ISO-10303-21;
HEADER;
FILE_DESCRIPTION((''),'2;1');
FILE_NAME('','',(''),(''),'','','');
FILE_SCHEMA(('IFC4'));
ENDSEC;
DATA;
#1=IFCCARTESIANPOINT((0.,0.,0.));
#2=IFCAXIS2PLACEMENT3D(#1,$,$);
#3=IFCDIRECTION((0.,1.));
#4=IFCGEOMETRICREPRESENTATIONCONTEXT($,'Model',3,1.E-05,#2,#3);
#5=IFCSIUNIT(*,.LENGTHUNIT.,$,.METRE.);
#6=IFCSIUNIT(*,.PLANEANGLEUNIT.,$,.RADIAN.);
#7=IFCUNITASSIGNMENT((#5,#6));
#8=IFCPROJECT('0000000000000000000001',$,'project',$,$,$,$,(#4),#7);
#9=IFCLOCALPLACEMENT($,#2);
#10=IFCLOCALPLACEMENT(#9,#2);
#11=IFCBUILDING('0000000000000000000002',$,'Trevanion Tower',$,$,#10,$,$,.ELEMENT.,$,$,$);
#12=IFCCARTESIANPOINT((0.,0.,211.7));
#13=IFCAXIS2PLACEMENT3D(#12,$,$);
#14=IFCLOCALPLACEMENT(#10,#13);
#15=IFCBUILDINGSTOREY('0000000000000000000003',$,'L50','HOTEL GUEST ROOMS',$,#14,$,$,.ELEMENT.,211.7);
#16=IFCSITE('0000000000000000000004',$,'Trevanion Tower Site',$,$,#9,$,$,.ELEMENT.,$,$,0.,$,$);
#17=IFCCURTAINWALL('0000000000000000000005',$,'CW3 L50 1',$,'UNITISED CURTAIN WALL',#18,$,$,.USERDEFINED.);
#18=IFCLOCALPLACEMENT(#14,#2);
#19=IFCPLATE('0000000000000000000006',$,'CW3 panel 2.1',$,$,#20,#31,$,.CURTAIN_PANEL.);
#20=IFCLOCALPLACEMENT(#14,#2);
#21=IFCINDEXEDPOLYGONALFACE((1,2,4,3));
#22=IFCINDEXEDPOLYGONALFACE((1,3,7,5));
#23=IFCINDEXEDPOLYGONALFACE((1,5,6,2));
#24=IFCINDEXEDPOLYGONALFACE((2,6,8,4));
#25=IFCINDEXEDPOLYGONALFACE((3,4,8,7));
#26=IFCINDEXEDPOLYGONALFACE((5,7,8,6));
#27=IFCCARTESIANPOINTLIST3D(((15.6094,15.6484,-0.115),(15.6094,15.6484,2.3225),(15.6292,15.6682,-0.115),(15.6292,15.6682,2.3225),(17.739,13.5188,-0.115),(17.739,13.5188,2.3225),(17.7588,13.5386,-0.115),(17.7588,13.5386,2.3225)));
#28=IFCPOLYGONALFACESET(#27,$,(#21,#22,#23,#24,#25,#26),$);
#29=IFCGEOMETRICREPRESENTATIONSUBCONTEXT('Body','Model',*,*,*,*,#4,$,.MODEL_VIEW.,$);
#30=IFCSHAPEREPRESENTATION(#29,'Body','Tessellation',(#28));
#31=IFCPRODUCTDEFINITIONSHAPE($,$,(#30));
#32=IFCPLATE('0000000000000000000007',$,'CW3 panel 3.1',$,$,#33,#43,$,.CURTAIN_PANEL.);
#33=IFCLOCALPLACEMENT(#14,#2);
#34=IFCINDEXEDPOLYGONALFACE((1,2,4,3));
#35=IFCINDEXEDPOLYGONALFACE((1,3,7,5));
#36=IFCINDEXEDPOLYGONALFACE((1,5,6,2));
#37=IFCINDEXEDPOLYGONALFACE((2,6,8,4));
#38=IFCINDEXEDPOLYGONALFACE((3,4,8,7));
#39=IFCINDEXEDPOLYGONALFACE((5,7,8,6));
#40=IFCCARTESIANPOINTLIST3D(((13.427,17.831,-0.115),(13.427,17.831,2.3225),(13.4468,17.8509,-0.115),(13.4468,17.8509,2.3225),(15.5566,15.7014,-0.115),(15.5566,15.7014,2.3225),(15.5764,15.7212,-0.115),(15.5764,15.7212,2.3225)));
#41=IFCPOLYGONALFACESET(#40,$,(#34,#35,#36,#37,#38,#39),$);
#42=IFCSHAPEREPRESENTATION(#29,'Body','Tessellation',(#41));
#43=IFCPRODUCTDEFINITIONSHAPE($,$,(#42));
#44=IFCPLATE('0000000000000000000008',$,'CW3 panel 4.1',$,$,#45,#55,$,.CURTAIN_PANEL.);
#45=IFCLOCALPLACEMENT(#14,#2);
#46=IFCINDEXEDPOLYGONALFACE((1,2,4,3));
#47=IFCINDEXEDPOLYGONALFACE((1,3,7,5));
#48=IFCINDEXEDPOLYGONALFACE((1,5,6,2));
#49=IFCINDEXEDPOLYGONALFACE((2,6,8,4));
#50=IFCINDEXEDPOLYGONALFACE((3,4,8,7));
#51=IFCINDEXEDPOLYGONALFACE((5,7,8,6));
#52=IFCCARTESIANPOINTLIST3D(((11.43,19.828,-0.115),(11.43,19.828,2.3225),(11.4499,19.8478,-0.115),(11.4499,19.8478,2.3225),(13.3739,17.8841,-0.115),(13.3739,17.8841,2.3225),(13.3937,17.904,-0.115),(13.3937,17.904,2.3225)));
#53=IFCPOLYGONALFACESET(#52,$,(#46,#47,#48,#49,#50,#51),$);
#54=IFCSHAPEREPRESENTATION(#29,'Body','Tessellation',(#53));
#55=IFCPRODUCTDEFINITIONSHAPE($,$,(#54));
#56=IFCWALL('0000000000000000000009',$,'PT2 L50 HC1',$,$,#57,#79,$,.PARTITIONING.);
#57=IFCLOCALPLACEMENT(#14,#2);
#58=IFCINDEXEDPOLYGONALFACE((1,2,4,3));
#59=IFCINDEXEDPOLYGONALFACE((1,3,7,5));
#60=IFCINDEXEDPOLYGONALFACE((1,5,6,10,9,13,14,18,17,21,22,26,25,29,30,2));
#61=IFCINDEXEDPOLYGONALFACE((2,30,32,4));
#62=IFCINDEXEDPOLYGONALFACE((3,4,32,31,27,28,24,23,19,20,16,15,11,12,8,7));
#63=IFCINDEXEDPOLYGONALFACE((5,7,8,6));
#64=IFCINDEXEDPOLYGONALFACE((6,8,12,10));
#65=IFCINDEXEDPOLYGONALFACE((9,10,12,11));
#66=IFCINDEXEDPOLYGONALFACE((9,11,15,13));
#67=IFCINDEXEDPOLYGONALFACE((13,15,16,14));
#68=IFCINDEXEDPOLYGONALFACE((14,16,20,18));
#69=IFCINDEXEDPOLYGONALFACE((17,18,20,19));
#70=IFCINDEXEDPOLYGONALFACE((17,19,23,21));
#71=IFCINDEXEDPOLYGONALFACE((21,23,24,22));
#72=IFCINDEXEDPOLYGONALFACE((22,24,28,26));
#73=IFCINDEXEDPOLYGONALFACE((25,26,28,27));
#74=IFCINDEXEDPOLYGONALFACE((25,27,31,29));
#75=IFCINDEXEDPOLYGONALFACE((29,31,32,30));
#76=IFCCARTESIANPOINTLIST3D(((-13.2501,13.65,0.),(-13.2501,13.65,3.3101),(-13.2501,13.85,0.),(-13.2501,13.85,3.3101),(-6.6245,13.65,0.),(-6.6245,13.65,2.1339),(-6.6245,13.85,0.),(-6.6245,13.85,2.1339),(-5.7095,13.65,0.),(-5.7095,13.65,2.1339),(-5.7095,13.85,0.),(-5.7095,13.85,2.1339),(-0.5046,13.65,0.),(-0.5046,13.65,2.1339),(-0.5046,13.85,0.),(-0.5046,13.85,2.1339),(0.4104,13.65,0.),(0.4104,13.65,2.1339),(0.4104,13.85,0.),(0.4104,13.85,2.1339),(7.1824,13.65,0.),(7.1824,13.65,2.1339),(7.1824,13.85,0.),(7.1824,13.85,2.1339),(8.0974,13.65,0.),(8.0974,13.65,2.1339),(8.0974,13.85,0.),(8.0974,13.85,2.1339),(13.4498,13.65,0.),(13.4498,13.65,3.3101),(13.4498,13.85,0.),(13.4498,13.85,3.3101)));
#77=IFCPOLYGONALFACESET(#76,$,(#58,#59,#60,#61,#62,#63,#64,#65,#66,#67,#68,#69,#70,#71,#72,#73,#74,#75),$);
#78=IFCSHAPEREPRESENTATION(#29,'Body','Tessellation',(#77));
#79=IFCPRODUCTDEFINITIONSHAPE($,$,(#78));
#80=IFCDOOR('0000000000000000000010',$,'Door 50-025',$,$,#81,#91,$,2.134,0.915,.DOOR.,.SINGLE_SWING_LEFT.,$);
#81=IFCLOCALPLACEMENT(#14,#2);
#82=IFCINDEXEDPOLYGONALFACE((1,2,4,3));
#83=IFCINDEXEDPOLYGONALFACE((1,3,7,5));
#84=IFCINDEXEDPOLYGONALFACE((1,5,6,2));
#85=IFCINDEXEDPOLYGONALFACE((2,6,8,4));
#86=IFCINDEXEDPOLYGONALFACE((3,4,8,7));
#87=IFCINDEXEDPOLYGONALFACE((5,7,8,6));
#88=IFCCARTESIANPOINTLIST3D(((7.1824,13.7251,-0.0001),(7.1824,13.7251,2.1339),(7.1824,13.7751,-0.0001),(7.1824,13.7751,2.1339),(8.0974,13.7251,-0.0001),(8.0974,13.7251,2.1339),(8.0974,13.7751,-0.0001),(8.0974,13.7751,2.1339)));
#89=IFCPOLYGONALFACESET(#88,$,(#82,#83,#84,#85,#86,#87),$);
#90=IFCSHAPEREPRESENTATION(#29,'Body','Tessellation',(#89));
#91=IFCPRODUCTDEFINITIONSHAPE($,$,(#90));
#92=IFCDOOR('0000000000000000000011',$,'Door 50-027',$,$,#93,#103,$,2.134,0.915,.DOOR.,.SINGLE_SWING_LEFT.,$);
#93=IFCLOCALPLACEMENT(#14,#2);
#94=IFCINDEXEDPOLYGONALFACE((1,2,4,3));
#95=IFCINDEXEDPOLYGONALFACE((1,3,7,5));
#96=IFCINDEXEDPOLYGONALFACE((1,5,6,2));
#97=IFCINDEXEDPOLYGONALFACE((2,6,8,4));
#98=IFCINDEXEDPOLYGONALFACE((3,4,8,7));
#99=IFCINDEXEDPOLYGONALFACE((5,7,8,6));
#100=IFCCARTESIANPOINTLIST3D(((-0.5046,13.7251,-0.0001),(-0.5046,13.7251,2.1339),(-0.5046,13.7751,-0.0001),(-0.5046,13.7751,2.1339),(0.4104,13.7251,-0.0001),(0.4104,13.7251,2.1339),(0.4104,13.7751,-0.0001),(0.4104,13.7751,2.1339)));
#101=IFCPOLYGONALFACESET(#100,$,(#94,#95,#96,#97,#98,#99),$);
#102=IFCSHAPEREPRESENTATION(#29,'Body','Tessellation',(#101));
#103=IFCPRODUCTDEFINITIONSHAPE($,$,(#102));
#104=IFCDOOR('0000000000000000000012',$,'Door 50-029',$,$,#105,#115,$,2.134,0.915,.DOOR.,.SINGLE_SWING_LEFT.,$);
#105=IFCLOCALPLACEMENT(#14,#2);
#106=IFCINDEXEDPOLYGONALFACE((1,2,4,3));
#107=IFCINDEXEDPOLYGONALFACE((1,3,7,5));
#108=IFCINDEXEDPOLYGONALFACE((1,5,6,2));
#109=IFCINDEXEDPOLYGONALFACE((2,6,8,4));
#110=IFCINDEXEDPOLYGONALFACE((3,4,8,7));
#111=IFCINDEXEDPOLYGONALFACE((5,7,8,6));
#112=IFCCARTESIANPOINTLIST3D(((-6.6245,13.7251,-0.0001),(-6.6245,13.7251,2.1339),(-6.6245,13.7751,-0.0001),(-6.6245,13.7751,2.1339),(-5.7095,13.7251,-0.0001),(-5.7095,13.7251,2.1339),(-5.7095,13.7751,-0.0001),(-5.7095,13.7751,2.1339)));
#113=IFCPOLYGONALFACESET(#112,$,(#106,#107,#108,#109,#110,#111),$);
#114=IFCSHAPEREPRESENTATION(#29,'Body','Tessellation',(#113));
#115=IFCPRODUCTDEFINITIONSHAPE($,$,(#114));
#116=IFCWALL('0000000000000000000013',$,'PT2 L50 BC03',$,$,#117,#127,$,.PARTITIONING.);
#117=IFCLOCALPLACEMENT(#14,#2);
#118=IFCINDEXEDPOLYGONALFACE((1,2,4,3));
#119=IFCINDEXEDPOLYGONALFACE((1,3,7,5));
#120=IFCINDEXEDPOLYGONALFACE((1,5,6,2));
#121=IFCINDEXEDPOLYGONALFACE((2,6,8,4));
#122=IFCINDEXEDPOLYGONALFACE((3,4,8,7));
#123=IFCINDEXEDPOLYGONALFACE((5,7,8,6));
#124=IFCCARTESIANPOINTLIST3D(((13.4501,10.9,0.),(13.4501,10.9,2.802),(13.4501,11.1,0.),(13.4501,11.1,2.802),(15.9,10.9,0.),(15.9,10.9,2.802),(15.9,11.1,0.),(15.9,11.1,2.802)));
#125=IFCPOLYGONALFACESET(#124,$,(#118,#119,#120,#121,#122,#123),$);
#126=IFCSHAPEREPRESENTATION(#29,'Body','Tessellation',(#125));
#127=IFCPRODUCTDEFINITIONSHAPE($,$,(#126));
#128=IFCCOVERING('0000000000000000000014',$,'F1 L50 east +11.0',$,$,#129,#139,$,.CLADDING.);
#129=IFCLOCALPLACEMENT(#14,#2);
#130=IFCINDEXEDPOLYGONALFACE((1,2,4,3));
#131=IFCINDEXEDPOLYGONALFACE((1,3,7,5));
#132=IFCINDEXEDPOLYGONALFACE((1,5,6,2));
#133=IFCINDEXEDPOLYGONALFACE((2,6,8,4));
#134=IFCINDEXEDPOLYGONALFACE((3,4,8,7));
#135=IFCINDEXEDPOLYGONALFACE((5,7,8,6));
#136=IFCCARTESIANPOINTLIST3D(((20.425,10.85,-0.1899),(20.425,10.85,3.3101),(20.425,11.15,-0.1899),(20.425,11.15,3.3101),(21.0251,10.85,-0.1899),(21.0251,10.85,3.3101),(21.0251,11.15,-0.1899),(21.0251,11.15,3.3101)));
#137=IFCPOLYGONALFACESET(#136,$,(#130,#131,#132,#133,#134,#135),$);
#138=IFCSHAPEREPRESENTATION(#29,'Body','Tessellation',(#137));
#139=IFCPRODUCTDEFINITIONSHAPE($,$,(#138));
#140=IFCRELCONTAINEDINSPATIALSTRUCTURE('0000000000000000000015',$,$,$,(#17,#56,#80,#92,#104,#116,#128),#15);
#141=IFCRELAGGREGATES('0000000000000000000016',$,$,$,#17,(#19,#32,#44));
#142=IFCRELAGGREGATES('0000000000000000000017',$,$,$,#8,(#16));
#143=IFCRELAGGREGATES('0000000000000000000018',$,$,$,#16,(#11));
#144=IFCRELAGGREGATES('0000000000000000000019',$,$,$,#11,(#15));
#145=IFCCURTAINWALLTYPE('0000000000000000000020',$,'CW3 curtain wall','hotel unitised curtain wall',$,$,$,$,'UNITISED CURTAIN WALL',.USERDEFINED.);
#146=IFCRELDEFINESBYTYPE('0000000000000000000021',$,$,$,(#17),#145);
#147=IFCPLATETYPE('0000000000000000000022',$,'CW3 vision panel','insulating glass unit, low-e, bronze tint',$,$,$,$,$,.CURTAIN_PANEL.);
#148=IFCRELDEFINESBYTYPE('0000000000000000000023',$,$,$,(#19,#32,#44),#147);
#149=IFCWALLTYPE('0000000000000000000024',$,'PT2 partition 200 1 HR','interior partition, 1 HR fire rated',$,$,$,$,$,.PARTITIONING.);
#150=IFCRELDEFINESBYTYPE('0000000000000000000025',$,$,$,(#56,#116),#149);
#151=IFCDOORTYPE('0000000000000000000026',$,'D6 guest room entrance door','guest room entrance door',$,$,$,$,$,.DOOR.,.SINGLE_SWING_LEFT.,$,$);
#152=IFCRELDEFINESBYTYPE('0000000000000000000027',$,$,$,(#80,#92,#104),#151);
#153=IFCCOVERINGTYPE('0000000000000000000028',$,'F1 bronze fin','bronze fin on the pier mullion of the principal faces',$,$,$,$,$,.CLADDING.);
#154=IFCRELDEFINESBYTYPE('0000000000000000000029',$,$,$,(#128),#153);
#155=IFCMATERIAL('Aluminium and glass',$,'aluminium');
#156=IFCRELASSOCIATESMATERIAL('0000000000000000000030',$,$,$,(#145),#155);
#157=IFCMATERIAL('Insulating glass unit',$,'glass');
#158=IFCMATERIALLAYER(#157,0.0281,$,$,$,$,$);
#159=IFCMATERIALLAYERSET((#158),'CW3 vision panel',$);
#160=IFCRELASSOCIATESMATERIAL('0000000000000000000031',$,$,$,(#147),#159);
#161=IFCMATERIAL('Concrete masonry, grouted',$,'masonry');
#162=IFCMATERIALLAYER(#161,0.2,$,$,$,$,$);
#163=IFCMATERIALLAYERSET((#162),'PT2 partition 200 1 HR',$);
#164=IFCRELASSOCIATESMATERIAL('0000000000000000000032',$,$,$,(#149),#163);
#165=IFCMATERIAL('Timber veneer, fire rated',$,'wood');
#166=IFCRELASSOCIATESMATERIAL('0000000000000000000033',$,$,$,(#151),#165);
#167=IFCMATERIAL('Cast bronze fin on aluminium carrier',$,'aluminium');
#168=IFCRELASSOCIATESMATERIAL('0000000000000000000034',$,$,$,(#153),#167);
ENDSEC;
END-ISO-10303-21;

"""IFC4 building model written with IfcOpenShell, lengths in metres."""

from ifc_helpers import new_model, si_unit, direction, frame, frame_2d, origin, origin_2d, place, context, subcontext, project, spatial, rectangle, extrude, material, layer, layer_set, type_object, element, fill, aggregate, save


model = new_model("IFC4")

# Units and contexts
model_context = context("Model", 3, precision=1e-05, world=origin(), true_north=direction((0.0, 1.0)))
body_context = subcontext(model_context, "Body", "Model", "MODEL_VIEW")
ifc_project = project(units=[si_unit("LENGTHUNIT", "METRE"), si_unit("PLANEANGLEUNIT", "RADIAN")], contexts=[model_context])

# Site, building, storey
site_placement = place(None, origin())
site = spatial("IfcSite", under=ifc_project, at=site_placement, Name="Trevanion Tower Site", CompositionType="ELEMENT", RefElevation=0.0)
building_placement = place(site_placement, origin())
building = spatial("IfcBuilding", under=site, at=building_placement, Name="Trevanion Tower", CompositionType="ELEMENT")
storey_placement = place(building_placement, frame((0.0, 0.0, 211.7)))
storey = spatial("IfcBuildingStorey", under=building, at=storey_placement, Name="L50", Description="HOTEL GUEST ROOMS", CompositionType="ELEMENT", Elevation=211.7)

# Curtain wall
ifc_material_1 = material(Name="Aluminium and glass", Category="aluminium")
curtain_wall_type = type_object("IfcCurtainWallType", Name="CW3 curtain wall", Description="hotel unitised curtain wall", ElementType="UNITISED CURTAIN WALL", PredefinedType="USERDEFINED", material=ifc_material_1)
curtain_wall_1_placement = place(storey_placement, origin())
curtain_wall_1 = element("IfcCurtainWall", 1, at=curtain_wall_1_placement, inside=storey, type_object=curtain_wall_type, Name="CW3 L50 1", ObjectType="UNITISED CURTAIN WALL", PredefinedType="USERDEFINED")

# Plates
ifc_material_2 = material(Name="Insulating glass unit", Category="glass")
ifc_layer_1 = layer(ifc_material_2, 0.0281)
ifc_layer_set_1 = layer_set([ifc_layer_1], Name="CW3 vision panel")
plate_type_1 = type_object("IfcPlateType", Name="CW3 vision panel", Description="insulating glass unit, low-e, bronze tint", PredefinedType="CURTAIN_PANEL", material=ifc_layer_set_1)
plate_1_placement = place(storey_placement, frame((16.6841, 14.5935, -0.115), z_axis=(0.0, 0.0, 1.0), x_axis=(-0.707107, 0.707107, 0.0)))
plate_1 = element("IfcPlate", 2, at=plate_1_placement, type_object=plate_type_1, Name="CW3 panel 2.1", PredefinedType="CURTAIN_PANEL", context=body_context, shape_type="SweptSolid", body=[
    extrude(rectangle(XDim=3.0117, YDim=0.0281, at=origin_2d()), origin(), (0.0, 0.0, 1.0), 2.4375),
])
plate_2_placement = place(storey_placement, frame((14.5017, 16.7761, -0.115), z_axis=(0.0, 0.0, 1.0), x_axis=(-0.707107, 0.707107, 0.0)))
plate_2 = element("IfcPlate", 3, at=plate_2_placement, type_object=plate_type_1, Name="CW3 panel 3.1", PredefinedType="CURTAIN_PANEL", context=body_context, shape_type="SweptSolid", body=[
    extrude(rectangle(XDim=3.0117, YDim=0.0281, at=origin_2d()), origin(), (0.0, 0.0, 1.0), 2.4375),
])
plate_3_placement = place(storey_placement, frame((12.4119, 18.866, -0.115), z_axis=(0.0, 0.0, 1.0), x_axis=(-0.707107, 0.707107, 0.0)))
plate_3 = element("IfcPlate", 4, at=plate_3_placement, type_object=plate_type_1, Name="CW3 panel 4.1", PredefinedType="CURTAIN_PANEL", context=body_context, shape_type="SweptSolid", body=[
    extrude(rectangle(XDim=2.749, YDim=0.0281, at=origin_2d()), origin(), (0.0, 0.0, 1.0), 2.4375),
])
aggregate(curtain_wall_1, [plate_1, plate_2, plate_3])

# Wall, openings, doors
ifc_material_3 = material(Name="Concrete masonry, grouted", Category="masonry")
ifc_layer_2 = layer(ifc_material_3, 0.2)
ifc_layer_set_2 = layer_set([ifc_layer_2], Name="PT2 partition 200 1 HR")
wall_type = type_object("IfcWallType", Name="PT2 partition 200 1 HR", Description="interior partition, 1 HR fire rated", PredefinedType="PARTITIONING", material=ifc_layer_set_2)
wall_1_placement = place(storey_placement, frame((13.45, 13.75, 0.0), z_axis=(0.0, 0.0, 1.0), x_axis=(-1.0, 0.0, 0.0)))
wall_1 = element("IfcWall", 5, at=wall_1_placement, inside=storey, type_object=wall_type, Name="PT2 L50 HC1", PredefinedType="PARTITIONING", context=body_context, shape_type="SweptSolid", body=[
    extrude(rectangle(XDim=26.7, YDim=0.2, at=frame_2d((13.3501, 0.0))), origin(), (0.0, 0.0, 1.0), 3.3101),
])
opening_1_placement = place(wall_1_placement, frame((5.3525, 0.0, 0.0)))
opening_1 = element("IfcOpeningElement", 6, at=opening_1_placement, cuts=wall_1, PredefinedType="OPENING", context=body_context, shape_type="SweptSolid", body=[
    extrude(rectangle(XDim=0.915, YDim=2.134, at=frame_2d((0.4575, 1.0669))), frame((0.0, 0.1099, 0.0), z_axis=(0.0, -1.0, 0.0), x_axis=(1.0, 0.0, 0.0)), (0.0, 0.0, 1.0), 0.22),
])
opening_2_placement = place(wall_1_placement, frame((13.0396, 0.0, 0.0)))
opening_2 = element("IfcOpeningElement", 7, at=opening_2_placement, cuts=wall_1, PredefinedType="OPENING", context=body_context, shape_type="SweptSolid", body=[
    extrude(rectangle(XDim=0.915, YDim=2.134, at=frame_2d((0.4575, 1.0669))), frame((0.0, 0.1099, 0.0), z_axis=(0.0, -1.0, 0.0), x_axis=(1.0, 0.0, 0.0)), (0.0, 0.0, 1.0), 0.22),
])
opening_3_placement = place(wall_1_placement, frame((19.1594, 0.0, 0.0)))
opening_3 = element("IfcOpeningElement", 8, at=opening_3_placement, cuts=wall_1, PredefinedType="OPENING", context=body_context, shape_type="SweptSolid", body=[
    extrude(rectangle(XDim=0.915, YDim=2.134, at=frame_2d((0.4575, 1.0669))), frame((0.0, 0.1099, 0.0), z_axis=(0.0, -1.0, 0.0), x_axis=(1.0, 0.0, 0.0)), (0.0, 0.0, 1.0), 0.22),
])
ifc_material_4 = material(Name="Timber veneer, fire rated", Category="wood")
door_type = type_object("IfcDoorType", Name="D6 guest room entrance door", Description="guest room entrance door", OperationType="SINGLE_SWING_LEFT", PredefinedType="DOOR", material=ifc_material_4)
door_1_placement = place(opening_1_placement, origin())
door_1 = element("IfcDoor", 9, at=door_1_placement, inside=storey, type_object=door_type, Name="Door 50-025", OperationType="SINGLE_SWING_LEFT", OverallHeight=2.134, OverallWidth=0.915, PredefinedType="DOOR", context=body_context, shape_type="SweptSolid", body=[
    extrude(rectangle(XDim=0.915, YDim=2.134, at=frame_2d((0.4575, 1.0669))), frame((0.0, 0.0249, 0.0), z_axis=(0.0, -1.0, 0.0), x_axis=(1.0, 0.0, 0.0)), (0.0, 0.0, 1.0), 0.05),
])
fill(opening_1, door_1)
door_2_placement = place(opening_2_placement, origin())
door_2 = element("IfcDoor", 10, at=door_2_placement, inside=storey, type_object=door_type, Name="Door 50-027", OperationType="SINGLE_SWING_LEFT", OverallHeight=2.134, OverallWidth=0.915, PredefinedType="DOOR", context=body_context, shape_type="SweptSolid", body=[
    extrude(rectangle(XDim=0.915, YDim=2.134, at=frame_2d((0.4575, 1.0669))), frame((0.0, 0.0249, 0.0), z_axis=(0.0, -1.0, 0.0), x_axis=(1.0, 0.0, 0.0)), (0.0, 0.0, 1.0), 0.05),
])
fill(opening_2, door_2)
door_3_placement = place(opening_3_placement, origin())
door_3 = element("IfcDoor", 11, at=door_3_placement, inside=storey, type_object=door_type, Name="Door 50-029", OperationType="SINGLE_SWING_LEFT", OverallHeight=2.134, OverallWidth=0.915, PredefinedType="DOOR", context=body_context, shape_type="SweptSolid", body=[
    extrude(rectangle(XDim=0.915, YDim=2.134, at=frame_2d((0.4575, 1.0669))), frame((0.0, 0.0249, 0.0), z_axis=(0.0, -1.0, 0.0), x_axis=(1.0, 0.0, 0.0)), (0.0, 0.0, 1.0), 0.05),
])
fill(opening_3, door_3)

# Wall
wall_2_placement = place(storey_placement, frame((13.45, 11.0, 0.0), z_axis=(0.0, 0.0, 1.0), x_axis=(1.0, 0.0, 0.0)))
element("IfcWall", 12, at=wall_2_placement, inside=storey, type_object=wall_type, Name="PT2 L50 BC03", PredefinedType="PARTITIONING", context=body_context, shape_type="SweptSolid", body=[
    extrude(rectangle(XDim=2.45, YDim=0.2, at=frame_2d((1.2251, 0.0))), origin(), (0.0, 0.0, 1.0), 2.802),
])

# Covering
ifc_material_5 = material(Name="Cast bronze fin on aluminium carrier", Category="aluminium")
covering_type = type_object("IfcCoveringType", Name="F1 bronze fin", Description="bronze fin on the pier mullion of the principal faces", PredefinedType="CLADDING", material=ifc_material_5)
covering_placement = place(storey_placement, frame((20.7251, 11.0, -0.1899), z_axis=(0.0, 0.0, 1.0), x_axis=(0.0, 1.0, 0.0)))
element("IfcCovering", 13, at=covering_placement, inside=storey, type_object=covering_type, Name="F1 L50 east +11.0", PredefinedType="CLADDING", context=body_context, shape_type="SweptSolid", body=[
    extrude(rectangle(XDim=0.3, YDim=0.6001, at=origin_2d()), origin(), (0.0, 0.0, 1.0), 3.5),
])

save(model, "model.ifc")
